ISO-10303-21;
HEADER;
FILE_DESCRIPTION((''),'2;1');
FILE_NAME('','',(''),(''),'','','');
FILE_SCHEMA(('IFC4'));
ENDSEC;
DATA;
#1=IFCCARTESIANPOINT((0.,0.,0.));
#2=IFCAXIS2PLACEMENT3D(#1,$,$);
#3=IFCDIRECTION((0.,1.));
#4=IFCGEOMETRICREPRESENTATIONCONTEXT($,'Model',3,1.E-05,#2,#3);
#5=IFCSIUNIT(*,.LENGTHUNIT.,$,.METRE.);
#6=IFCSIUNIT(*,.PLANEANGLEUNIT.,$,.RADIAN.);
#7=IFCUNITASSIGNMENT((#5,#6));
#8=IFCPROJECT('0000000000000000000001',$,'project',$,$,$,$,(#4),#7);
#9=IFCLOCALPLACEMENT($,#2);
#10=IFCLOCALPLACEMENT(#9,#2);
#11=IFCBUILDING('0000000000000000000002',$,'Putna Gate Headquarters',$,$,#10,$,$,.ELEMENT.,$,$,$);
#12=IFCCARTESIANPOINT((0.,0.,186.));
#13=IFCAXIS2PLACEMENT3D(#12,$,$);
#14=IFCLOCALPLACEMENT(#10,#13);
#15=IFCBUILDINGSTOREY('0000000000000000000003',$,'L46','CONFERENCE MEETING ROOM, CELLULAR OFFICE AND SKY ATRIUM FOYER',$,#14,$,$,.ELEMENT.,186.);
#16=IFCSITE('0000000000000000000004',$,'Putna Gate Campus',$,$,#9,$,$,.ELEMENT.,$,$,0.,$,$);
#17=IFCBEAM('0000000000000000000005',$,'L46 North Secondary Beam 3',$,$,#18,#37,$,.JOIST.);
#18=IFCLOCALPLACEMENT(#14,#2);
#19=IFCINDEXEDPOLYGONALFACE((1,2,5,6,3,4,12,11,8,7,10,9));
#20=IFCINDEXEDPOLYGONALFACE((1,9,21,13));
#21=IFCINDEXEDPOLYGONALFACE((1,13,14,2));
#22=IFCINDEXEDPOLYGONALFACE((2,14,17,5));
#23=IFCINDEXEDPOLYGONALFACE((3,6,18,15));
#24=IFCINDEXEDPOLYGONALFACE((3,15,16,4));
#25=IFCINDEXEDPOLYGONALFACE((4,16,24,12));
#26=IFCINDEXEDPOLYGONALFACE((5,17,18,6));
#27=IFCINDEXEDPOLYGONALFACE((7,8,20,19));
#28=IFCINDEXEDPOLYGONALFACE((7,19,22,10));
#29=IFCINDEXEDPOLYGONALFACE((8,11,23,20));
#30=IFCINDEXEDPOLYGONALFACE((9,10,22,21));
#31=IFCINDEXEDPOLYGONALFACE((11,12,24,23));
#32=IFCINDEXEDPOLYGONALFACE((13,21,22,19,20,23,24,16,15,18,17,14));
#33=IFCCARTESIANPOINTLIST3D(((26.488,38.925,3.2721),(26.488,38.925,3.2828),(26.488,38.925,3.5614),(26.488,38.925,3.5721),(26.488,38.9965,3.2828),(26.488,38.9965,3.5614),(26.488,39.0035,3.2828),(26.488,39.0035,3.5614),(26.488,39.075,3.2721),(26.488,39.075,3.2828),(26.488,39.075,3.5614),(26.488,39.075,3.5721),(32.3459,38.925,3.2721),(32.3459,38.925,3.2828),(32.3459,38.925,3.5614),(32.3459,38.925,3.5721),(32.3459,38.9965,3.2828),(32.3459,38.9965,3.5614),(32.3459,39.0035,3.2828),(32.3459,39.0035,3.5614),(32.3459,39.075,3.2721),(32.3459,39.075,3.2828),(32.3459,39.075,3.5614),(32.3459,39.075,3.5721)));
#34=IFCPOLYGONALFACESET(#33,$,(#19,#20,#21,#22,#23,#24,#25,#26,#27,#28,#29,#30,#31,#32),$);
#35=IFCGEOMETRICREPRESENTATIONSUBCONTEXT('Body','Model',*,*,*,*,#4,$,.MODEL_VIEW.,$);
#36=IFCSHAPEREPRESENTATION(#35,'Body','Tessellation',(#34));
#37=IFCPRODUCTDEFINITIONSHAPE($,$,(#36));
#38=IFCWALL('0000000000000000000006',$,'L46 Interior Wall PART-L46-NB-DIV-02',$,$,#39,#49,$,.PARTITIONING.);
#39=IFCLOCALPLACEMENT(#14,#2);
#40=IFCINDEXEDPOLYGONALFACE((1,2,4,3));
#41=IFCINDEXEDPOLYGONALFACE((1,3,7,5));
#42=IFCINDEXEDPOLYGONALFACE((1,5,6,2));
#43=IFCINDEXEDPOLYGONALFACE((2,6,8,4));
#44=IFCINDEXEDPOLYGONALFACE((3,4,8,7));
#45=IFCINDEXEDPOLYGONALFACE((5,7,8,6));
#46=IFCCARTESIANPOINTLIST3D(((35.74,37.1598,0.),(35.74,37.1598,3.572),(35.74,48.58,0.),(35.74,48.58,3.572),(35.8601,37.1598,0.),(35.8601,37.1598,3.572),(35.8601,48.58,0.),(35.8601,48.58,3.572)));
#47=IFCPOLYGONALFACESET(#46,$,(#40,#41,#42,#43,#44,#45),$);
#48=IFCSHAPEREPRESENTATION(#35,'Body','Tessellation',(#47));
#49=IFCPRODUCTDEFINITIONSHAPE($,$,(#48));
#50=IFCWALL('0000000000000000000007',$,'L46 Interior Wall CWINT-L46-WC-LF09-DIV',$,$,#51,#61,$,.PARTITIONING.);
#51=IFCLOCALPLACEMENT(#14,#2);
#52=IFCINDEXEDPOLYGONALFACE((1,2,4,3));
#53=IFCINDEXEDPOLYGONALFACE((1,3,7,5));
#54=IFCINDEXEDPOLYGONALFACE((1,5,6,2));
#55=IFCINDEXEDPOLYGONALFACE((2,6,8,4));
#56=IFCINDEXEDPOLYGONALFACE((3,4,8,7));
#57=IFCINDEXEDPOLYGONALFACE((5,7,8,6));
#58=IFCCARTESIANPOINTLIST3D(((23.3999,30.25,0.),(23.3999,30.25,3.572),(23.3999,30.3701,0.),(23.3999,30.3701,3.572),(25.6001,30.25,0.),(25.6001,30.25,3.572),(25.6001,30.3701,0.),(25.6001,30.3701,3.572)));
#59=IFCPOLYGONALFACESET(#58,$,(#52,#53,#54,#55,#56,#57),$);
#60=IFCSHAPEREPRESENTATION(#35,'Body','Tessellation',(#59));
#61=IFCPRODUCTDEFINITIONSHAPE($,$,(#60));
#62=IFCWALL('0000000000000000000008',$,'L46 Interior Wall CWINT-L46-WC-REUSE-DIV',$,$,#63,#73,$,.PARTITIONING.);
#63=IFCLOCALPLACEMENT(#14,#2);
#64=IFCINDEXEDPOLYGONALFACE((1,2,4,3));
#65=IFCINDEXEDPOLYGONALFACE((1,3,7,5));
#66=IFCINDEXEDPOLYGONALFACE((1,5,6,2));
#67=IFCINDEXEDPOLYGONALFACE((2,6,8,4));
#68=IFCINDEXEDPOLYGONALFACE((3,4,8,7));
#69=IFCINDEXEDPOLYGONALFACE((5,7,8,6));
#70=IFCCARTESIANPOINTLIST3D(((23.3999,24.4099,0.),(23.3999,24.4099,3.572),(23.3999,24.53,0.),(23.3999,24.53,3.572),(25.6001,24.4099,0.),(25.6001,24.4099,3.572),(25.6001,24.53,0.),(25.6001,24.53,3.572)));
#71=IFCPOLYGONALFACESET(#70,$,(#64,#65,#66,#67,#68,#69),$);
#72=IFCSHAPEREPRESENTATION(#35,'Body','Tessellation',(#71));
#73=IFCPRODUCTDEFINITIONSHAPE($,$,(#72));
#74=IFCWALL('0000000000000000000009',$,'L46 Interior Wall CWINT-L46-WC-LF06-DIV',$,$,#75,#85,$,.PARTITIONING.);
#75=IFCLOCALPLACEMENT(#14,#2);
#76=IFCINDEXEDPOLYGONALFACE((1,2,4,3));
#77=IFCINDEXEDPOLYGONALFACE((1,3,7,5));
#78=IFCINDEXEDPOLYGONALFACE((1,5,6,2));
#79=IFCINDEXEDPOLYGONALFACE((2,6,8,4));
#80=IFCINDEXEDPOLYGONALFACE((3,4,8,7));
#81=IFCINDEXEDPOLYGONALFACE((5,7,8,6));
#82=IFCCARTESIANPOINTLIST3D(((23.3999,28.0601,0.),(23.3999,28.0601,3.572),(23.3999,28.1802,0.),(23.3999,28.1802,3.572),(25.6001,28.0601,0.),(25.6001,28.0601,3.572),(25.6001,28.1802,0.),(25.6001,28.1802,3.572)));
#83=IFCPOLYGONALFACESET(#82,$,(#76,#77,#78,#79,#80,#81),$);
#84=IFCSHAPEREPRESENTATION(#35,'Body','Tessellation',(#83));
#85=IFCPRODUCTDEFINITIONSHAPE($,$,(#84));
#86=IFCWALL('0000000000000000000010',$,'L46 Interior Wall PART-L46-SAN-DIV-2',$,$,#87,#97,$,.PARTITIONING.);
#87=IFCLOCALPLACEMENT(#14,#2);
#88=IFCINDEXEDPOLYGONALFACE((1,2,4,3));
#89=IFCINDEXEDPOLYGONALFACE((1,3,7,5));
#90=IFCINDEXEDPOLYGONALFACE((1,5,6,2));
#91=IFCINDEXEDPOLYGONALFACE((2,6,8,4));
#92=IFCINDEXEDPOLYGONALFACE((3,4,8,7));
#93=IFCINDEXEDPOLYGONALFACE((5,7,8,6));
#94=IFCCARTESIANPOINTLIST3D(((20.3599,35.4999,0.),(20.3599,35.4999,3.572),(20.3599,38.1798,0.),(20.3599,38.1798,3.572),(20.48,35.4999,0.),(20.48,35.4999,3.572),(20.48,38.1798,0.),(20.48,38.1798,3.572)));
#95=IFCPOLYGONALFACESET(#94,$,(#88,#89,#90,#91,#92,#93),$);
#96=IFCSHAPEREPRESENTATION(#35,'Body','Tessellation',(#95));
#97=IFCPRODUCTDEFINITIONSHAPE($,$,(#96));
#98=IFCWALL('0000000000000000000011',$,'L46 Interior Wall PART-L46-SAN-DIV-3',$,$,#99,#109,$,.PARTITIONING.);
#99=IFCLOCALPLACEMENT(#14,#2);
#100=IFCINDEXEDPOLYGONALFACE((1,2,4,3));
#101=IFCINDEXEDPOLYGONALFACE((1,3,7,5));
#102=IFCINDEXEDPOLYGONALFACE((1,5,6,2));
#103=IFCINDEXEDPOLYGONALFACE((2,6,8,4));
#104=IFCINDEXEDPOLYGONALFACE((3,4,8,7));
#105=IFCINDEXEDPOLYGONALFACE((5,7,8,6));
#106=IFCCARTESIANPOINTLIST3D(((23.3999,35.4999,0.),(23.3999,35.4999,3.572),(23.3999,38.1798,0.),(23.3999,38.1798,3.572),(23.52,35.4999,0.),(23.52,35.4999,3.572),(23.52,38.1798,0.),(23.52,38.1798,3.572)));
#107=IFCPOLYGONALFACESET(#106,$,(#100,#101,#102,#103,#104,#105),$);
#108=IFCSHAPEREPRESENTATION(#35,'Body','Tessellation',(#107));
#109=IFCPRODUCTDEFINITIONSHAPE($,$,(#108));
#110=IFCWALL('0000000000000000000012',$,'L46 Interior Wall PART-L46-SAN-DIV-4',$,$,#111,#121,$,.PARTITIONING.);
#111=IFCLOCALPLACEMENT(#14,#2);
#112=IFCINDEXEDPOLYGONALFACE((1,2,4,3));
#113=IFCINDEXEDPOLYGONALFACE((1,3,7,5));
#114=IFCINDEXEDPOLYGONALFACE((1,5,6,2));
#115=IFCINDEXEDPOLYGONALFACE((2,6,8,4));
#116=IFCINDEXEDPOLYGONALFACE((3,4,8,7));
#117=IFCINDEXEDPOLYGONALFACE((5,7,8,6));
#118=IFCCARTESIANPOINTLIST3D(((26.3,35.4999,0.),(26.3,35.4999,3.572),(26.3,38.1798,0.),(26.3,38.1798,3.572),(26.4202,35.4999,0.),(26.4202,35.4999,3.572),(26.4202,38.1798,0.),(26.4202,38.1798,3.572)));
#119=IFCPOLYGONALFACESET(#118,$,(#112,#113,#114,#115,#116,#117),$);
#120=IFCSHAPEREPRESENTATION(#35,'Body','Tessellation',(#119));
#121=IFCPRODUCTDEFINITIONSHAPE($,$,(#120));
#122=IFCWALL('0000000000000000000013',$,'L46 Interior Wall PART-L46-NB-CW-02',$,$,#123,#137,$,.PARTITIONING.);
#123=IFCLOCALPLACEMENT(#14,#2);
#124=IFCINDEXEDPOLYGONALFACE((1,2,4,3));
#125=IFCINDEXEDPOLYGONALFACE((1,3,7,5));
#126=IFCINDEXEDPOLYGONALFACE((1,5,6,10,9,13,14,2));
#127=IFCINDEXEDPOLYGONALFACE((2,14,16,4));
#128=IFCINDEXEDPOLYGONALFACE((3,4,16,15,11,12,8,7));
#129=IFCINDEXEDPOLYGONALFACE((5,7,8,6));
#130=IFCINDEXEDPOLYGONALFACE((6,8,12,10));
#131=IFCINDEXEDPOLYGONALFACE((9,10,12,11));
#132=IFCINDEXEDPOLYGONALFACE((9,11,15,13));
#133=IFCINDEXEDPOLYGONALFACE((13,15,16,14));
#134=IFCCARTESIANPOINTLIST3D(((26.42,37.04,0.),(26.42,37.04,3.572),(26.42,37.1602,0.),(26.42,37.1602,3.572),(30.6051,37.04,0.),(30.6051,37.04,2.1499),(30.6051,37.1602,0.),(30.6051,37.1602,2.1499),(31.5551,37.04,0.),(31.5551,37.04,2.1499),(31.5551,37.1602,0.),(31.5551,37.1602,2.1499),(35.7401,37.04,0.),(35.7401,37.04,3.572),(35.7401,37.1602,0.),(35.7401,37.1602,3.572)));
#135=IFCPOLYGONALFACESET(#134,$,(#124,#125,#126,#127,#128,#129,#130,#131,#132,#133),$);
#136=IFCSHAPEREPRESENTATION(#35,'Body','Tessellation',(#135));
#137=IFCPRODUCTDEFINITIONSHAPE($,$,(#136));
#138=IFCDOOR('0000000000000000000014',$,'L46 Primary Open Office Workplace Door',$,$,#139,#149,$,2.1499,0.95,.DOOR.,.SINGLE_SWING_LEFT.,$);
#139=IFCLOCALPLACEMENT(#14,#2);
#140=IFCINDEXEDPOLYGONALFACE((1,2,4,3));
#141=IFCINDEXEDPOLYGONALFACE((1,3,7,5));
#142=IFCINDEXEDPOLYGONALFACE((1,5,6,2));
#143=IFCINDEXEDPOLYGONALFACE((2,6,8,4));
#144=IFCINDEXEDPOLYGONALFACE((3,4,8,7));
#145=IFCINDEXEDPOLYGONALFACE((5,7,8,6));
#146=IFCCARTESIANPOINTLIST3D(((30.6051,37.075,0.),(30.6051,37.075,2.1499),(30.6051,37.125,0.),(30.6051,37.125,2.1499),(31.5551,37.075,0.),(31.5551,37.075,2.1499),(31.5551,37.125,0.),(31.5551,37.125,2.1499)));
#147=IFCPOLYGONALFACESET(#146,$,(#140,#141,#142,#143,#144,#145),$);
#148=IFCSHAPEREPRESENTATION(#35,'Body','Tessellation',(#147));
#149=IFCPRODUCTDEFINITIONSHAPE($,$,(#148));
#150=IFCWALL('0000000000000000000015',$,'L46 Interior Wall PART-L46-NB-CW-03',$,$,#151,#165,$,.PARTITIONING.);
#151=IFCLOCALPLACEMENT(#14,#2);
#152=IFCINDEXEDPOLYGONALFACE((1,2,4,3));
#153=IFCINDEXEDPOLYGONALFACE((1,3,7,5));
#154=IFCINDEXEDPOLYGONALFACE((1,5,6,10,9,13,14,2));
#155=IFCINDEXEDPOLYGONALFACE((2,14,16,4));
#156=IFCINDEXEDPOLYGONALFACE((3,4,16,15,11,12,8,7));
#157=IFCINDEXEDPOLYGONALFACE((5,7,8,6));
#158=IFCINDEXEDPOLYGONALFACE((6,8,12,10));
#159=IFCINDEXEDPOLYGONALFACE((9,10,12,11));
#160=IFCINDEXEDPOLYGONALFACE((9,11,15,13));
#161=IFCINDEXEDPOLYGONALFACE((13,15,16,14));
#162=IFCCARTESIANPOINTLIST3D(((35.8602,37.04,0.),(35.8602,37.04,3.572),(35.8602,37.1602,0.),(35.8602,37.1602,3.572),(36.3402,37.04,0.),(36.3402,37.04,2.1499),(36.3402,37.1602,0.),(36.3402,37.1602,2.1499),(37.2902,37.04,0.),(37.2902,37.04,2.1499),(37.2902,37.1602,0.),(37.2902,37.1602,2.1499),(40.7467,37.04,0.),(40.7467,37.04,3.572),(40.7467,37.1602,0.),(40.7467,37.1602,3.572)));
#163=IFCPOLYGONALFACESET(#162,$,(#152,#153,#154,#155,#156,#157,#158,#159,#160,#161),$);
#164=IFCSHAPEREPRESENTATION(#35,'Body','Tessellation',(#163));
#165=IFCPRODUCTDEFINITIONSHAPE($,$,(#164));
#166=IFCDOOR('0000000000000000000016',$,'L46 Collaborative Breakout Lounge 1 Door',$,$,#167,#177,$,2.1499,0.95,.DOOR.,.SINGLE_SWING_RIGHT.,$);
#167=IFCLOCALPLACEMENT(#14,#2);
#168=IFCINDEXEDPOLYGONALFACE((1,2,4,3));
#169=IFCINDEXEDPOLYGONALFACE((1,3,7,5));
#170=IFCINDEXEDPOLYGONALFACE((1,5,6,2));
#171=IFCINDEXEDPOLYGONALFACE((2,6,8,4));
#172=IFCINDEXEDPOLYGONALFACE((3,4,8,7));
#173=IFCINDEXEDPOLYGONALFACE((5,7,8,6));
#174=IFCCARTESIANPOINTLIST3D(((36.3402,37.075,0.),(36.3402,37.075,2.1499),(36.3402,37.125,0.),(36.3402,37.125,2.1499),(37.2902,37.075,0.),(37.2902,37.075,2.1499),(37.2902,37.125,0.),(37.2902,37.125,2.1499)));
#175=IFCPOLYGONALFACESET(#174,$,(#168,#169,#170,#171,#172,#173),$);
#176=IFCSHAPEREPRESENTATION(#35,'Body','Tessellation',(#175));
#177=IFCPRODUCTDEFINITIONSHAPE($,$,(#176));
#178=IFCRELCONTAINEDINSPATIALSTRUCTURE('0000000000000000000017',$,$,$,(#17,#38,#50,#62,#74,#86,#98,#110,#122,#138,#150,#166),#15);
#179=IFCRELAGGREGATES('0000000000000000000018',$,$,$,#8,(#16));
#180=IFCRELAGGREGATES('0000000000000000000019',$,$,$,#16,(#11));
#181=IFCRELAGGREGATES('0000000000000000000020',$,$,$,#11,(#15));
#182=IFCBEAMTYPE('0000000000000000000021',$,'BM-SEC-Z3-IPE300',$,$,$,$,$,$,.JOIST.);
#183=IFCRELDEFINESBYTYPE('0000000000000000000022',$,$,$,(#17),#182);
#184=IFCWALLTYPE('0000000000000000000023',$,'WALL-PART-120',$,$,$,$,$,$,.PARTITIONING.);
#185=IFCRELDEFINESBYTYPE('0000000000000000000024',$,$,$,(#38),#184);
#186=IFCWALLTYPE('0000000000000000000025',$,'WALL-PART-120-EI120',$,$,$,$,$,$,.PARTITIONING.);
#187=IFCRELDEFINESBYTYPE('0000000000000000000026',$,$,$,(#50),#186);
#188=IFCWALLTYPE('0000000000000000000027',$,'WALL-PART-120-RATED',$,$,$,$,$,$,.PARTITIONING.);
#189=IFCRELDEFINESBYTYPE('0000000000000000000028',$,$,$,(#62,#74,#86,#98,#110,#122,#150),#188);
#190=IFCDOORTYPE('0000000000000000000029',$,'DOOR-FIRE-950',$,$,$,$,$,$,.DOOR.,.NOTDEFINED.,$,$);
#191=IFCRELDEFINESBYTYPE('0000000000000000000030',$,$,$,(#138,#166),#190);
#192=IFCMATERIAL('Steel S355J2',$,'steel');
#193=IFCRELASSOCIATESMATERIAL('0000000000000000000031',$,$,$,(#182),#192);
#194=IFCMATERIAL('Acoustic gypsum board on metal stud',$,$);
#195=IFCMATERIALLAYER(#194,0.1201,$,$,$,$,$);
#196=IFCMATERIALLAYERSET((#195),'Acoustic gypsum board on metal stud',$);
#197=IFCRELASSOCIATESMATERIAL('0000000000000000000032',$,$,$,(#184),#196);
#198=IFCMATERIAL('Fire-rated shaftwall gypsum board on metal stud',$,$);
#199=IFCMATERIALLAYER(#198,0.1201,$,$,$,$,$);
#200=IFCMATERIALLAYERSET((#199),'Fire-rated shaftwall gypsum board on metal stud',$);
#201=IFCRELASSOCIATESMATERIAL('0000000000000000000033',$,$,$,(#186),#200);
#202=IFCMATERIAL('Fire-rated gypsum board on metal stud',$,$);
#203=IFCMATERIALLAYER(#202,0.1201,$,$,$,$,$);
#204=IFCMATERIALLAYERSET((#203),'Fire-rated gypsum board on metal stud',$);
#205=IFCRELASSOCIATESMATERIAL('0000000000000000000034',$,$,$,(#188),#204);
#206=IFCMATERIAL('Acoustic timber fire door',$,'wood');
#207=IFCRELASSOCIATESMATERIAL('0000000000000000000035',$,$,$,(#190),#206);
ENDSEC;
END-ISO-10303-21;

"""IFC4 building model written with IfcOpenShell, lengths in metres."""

from ifc_helpers import new_model, si_unit, direction, frame, frame_2d, origin, origin_2d, place, context, subcontext, project, spatial, rectangle, i_section, extrude, material, layer, layer_set, material_profile, profile_set, type_object, element, fill, save


model = new_model("IFC4")

# Units and contexts
model_context = context("Model", 3, precision=1e-05, world=origin(), true_north=direction((0.0, 1.0)))
body_context = subcontext(model_context, "Body", "Model", "MODEL_VIEW")
ifc_project = project(units=[si_unit("LENGTHUNIT", "METRE"), si_unit("PLANEANGLEUNIT", "RADIAN")], contexts=[model_context])

# Site, building, storey
site_placement = place(None, origin())
site = spatial("IfcSite", under=ifc_project, at=site_placement, Name="Putna Gate Campus", CompositionType="ELEMENT", RefElevation=0.0)
building_placement = place(site_placement, origin())
building = spatial("IfcBuilding", under=site, at=building_placement, Name="Putna Gate Headquarters", CompositionType="ELEMENT")
storey_placement = place(building_placement, frame((0.0, 0.0, 186.0)))
storey = spatial("IfcBuildingStorey", under=building, at=storey_placement, Name="L46", Description="CONFERENCE MEETING ROOM, CELLULAR OFFICE AND SKY ATRIUM FOYER", CompositionType="ELEMENT", Elevation=186.0)

# Beam
ifc_material_1 = material(Name="Steel S355J2", Category="steel")
ifc_material_profile_1 = material_profile(ifc_material_1, i_section(OverallWidth=0.1499, OverallDepth=0.3, WebThickness=0.0071, FlangeThickness=0.0107, at=origin_2d()), Name="Steel S355J2")
ifc_profile_set_1 = profile_set([ifc_material_profile_1], Name="Steel S355J2")
beam_type_1 = type_object("IfcBeamType", Name="BM-SEC-Z3-IPE300", PredefinedType="JOIST", material=ifc_profile_set_1)
beam_1_placement = place(storey_placement, frame((26.488, 39.0, 3.4221), z_axis=(1.0, 0.0, 0.0), x_axis=(0.0, 1.0, 0.0)))
element("IfcBeam", 1, at=beam_1_placement, inside=storey, type_object=beam_type_1, Name="L46 North Secondary Beam 3", PredefinedType="JOIST", context=body_context, shape_type="SweptSolid", body=[
    extrude(i_section(OverallWidth=0.1499, OverallDepth=0.3, WebThickness=0.0071, FlangeThickness=0.0107, at=origin_2d()), origin(), (0.0, 0.0, 1.0), 5.8579),
])

# Walls
ifc_material_2 = material(Name="Acoustic gypsum board on metal stud")
ifc_layer_1 = layer(ifc_material_2, 0.1201)
ifc_layer_set_1 = layer_set([ifc_layer_1], Name="Acoustic gypsum board on metal stud")
wall_type_1 = type_object("IfcWallType", Name="WALL-PART-120", PredefinedType="PARTITIONING", material=ifc_layer_set_1)
wall_1_placement = place(storey_placement, frame((35.8, 37.1599, 0.0), z_axis=(0.0, 0.0, 1.0), x_axis=(0.0, 1.0, 0.0)))
element("IfcWall", 2, at=wall_1_placement, inside=storey, type_object=wall_type_1, Name="L46 Interior Wall PART-L46-NB-DIV-02", PredefinedType="PARTITIONING", context=body_context, shape_type="SweptSolid", body=[
    extrude(rectangle(XDim=11.4202, YDim=0.1201, at=frame_2d((5.71, 0.0))), origin(), (0.0, 0.0, 1.0), 3.572),
])
ifc_material_3 = material(Name="Fire-rated shaftwall gypsum board on metal stud")
ifc_layer_2 = layer(ifc_material_3, 0.1201)
ifc_layer_set_2 = layer_set([ifc_layer_2], Name="Fire-rated shaftwall gypsum board on metal stud")
wall_type_2 = type_object("IfcWallType", Name="WALL-PART-120-EI120", PredefinedType="PARTITIONING", material=ifc_layer_set_2)
wall_2_placement = place(storey_placement, frame((23.3999, 30.3101, 0.0), z_axis=(0.0, 0.0, 1.0), x_axis=(1.0, 0.0, 0.0)))
element("IfcWall", 3, at=wall_2_placement, inside=storey, type_object=wall_type_2, Name="L46 Interior Wall CWINT-L46-WC-LF09-DIV", PredefinedType="PARTITIONING", context=body_context, shape_type="SweptSolid", body=[
    extrude(rectangle(XDim=2.2002, YDim=0.1201, at=frame_2d((1.1001, 0.0))), origin(), (0.0, 0.0, 1.0), 3.572),
])
ifc_material_4 = material(Name="Fire-rated gypsum board on metal stud")
ifc_layer_3 = layer(ifc_material_4, 0.1201)
ifc_layer_set_3 = layer_set([ifc_layer_3], Name="Fire-rated gypsum board on metal stud")
wall_type_3 = type_object("IfcWallType", Name="WALL-PART-120-RATED", PredefinedType="PARTITIONING", material=ifc_layer_set_3)
for number, where, z_axis, x_axis, name in (
    (4, (23.3999, 24.47, 0.0), (0.0, 0.0, 1.0), (1.0, 0.0, 0.0), "L46 Interior Wall CWINT-L46-WC-REUSE-DIV"),
    (5, (23.3999, 28.1201, 0.0), (0.0, 0.0, 1.0), (1.0, 0.0, 0.0), "L46 Interior Wall CWINT-L46-WC-LF06-DIV"),
):
    element("IfcWall", number, at=place(storey_placement, frame(where, z_axis=z_axis, x_axis=x_axis)), inside=storey, type_object=wall_type_3, Name=name, PredefinedType="PARTITIONING", context=body_context, shape_type="SweptSolid", body=[
        extrude(rectangle(XDim=2.2002, YDim=0.1201, at=frame_2d((1.1001, 0.0))), origin(), (0.0, 0.0, 1.0), 3.572),
    ])
for number, where, z_axis, x_axis, name in (
    (6, (20.4199, 35.5, 0.0), (0.0, 0.0, 1.0), (0.0, 1.0, 0.0), "L46 Interior Wall PART-L46-SAN-DIV-2"),
    (7, (23.46, 35.5, 0.0), (0.0, 0.0, 1.0), (0.0, 1.0, 0.0), "L46 Interior Wall PART-L46-SAN-DIV-3"),
    (8, (26.3601, 35.5, 0.0), (0.0, 0.0, 1.0), (0.0, 1.0, 0.0), "L46 Interior Wall PART-L46-SAN-DIV-4"),
):
    element("IfcWall", number, at=place(storey_placement, frame(where, z_axis=z_axis, x_axis=x_axis)), inside=storey, type_object=wall_type_3, Name=name, PredefinedType="PARTITIONING", context=body_context, shape_type="SweptSolid", body=[
        extrude(rectangle(XDim=2.6799, YDim=0.1201, at=frame_2d((1.3398, 0.0))), origin(), (0.0, 0.0, 1.0), 3.572),
    ])

# Walls, openings, doors
wall_3_placement = place(storey_placement, frame((26.4199, 37.1001, 0.0), z_axis=(0.0, 0.0, 1.0), x_axis=(1.0, 0.0, 0.0)))
wall_3 = element("IfcWall", 9, at=wall_3_placement, inside=storey, type_object=wall_type_3, Name="L46 Interior Wall PART-L46-NB-CW-02", PredefinedType="PARTITIONING", context=body_context, shape_type="SweptSolid", body=[
    extrude(rectangle(XDim=9.3201, YDim=0.1201, at=frame_2d((4.6602, 0.0))), origin(), (0.0, 0.0, 1.0), 3.572),
])
opening_1_placement = place(wall_3_placement, frame((4.1851, 0.0, 0.0)))
opening_1 = element("IfcOpeningElement", 10, at=opening_1_placement, cuts=wall_3, PredefinedType="OPENING", context=body_context, shape_type="SweptSolid", body=[
    extrude(rectangle(XDim=0.95, YDim=2.1499, at=frame_2d((0.4751, 1.075))), frame((0.0, 0.0701, 0.0), z_axis=(0.0, -1.0, 0.0), x_axis=(1.0, 0.0, 0.0)), (0.0, 0.0, 1.0), 0.1401),
])
ifc_material_5 = material(Name="Acoustic timber fire door", Category="wood")
door_type = type_object("IfcDoorType", Name="DOOR-FIRE-950", OperationType="NOTDEFINED", PredefinedType="DOOR", material=ifc_material_5)
door_1_placement = place(opening_1_placement, origin())
door_1 = element("IfcDoor", 11, at=door_1_placement, inside=storey, type_object=door_type, Name="L46 Primary Open Office Workplace Door", OperationType="SINGLE_SWING_LEFT", OverallHeight=2.1499, OverallWidth=0.95, PredefinedType="DOOR", context=body_context, shape_type="SweptSolid", body=[
    extrude(rectangle(XDim=0.95, YDim=2.1499, at=frame_2d((0.4751, 1.075))), frame((0.0, 0.0249, 0.0), z_axis=(0.0, -1.0, 0.0), x_axis=(1.0, 0.0, 0.0)), (0.0, 0.0, 1.0), 0.05),
])
fill(opening_1, door_1)
wall_4_placement = place(storey_placement, frame((35.8601, 37.1001, 0.0), z_axis=(0.0, 0.0, 1.0), x_axis=(1.0, 0.0, 0.0)))
wall_4 = element("IfcWall", 12, at=wall_4_placement, inside=storey, type_object=wall_type_3, Name="L46 Interior Wall PART-L46-NB-CW-03", PredefinedType="PARTITIONING", context=body_context, shape_type="SweptSolid", body=[
    extrude(rectangle(XDim=4.8865, YDim=0.1201, at=frame_2d((2.4434, 0.0))), origin(), (0.0, 0.0, 1.0), 3.572),
])
opening_2_placement = place(wall_4_placement, frame((0.48, 0.0, 0.0)))
opening_2 = element("IfcOpeningElement", 13, at=opening_2_placement, cuts=wall_4, PredefinedType="OPENING", context=body_context, shape_type="SweptSolid", body=[
    extrude(rectangle(XDim=0.95, YDim=2.1499, at=frame_2d((0.4751, 1.075))), frame((0.0, 0.0701, 0.0), z_axis=(0.0, -1.0, 0.0), x_axis=(1.0, 0.0, 0.0)), (0.0, 0.0, 1.0), 0.1401),
])
door_2_placement = place(opening_2_placement, origin())
door_2 = element("IfcDoor", 14, at=door_2_placement, inside=storey, type_object=door_type, Name="L46 Collaborative Breakout Lounge 1 Door", OperationType="SINGLE_SWING_RIGHT", OverallHeight=2.1499, OverallWidth=0.95, PredefinedType="DOOR", context=body_context, shape_type="SweptSolid", body=[
    extrude(rectangle(XDim=0.95, YDim=2.1499, at=frame_2d((0.4751, 1.075))), frame((0.0, 0.0249, 0.0), z_axis=(0.0, -1.0, 0.0), x_axis=(1.0, 0.0, 0.0)), (0.0, 0.0, 1.0), 0.05),
])
fill(opening_2, door_2)

save(model, "model.ifc")
